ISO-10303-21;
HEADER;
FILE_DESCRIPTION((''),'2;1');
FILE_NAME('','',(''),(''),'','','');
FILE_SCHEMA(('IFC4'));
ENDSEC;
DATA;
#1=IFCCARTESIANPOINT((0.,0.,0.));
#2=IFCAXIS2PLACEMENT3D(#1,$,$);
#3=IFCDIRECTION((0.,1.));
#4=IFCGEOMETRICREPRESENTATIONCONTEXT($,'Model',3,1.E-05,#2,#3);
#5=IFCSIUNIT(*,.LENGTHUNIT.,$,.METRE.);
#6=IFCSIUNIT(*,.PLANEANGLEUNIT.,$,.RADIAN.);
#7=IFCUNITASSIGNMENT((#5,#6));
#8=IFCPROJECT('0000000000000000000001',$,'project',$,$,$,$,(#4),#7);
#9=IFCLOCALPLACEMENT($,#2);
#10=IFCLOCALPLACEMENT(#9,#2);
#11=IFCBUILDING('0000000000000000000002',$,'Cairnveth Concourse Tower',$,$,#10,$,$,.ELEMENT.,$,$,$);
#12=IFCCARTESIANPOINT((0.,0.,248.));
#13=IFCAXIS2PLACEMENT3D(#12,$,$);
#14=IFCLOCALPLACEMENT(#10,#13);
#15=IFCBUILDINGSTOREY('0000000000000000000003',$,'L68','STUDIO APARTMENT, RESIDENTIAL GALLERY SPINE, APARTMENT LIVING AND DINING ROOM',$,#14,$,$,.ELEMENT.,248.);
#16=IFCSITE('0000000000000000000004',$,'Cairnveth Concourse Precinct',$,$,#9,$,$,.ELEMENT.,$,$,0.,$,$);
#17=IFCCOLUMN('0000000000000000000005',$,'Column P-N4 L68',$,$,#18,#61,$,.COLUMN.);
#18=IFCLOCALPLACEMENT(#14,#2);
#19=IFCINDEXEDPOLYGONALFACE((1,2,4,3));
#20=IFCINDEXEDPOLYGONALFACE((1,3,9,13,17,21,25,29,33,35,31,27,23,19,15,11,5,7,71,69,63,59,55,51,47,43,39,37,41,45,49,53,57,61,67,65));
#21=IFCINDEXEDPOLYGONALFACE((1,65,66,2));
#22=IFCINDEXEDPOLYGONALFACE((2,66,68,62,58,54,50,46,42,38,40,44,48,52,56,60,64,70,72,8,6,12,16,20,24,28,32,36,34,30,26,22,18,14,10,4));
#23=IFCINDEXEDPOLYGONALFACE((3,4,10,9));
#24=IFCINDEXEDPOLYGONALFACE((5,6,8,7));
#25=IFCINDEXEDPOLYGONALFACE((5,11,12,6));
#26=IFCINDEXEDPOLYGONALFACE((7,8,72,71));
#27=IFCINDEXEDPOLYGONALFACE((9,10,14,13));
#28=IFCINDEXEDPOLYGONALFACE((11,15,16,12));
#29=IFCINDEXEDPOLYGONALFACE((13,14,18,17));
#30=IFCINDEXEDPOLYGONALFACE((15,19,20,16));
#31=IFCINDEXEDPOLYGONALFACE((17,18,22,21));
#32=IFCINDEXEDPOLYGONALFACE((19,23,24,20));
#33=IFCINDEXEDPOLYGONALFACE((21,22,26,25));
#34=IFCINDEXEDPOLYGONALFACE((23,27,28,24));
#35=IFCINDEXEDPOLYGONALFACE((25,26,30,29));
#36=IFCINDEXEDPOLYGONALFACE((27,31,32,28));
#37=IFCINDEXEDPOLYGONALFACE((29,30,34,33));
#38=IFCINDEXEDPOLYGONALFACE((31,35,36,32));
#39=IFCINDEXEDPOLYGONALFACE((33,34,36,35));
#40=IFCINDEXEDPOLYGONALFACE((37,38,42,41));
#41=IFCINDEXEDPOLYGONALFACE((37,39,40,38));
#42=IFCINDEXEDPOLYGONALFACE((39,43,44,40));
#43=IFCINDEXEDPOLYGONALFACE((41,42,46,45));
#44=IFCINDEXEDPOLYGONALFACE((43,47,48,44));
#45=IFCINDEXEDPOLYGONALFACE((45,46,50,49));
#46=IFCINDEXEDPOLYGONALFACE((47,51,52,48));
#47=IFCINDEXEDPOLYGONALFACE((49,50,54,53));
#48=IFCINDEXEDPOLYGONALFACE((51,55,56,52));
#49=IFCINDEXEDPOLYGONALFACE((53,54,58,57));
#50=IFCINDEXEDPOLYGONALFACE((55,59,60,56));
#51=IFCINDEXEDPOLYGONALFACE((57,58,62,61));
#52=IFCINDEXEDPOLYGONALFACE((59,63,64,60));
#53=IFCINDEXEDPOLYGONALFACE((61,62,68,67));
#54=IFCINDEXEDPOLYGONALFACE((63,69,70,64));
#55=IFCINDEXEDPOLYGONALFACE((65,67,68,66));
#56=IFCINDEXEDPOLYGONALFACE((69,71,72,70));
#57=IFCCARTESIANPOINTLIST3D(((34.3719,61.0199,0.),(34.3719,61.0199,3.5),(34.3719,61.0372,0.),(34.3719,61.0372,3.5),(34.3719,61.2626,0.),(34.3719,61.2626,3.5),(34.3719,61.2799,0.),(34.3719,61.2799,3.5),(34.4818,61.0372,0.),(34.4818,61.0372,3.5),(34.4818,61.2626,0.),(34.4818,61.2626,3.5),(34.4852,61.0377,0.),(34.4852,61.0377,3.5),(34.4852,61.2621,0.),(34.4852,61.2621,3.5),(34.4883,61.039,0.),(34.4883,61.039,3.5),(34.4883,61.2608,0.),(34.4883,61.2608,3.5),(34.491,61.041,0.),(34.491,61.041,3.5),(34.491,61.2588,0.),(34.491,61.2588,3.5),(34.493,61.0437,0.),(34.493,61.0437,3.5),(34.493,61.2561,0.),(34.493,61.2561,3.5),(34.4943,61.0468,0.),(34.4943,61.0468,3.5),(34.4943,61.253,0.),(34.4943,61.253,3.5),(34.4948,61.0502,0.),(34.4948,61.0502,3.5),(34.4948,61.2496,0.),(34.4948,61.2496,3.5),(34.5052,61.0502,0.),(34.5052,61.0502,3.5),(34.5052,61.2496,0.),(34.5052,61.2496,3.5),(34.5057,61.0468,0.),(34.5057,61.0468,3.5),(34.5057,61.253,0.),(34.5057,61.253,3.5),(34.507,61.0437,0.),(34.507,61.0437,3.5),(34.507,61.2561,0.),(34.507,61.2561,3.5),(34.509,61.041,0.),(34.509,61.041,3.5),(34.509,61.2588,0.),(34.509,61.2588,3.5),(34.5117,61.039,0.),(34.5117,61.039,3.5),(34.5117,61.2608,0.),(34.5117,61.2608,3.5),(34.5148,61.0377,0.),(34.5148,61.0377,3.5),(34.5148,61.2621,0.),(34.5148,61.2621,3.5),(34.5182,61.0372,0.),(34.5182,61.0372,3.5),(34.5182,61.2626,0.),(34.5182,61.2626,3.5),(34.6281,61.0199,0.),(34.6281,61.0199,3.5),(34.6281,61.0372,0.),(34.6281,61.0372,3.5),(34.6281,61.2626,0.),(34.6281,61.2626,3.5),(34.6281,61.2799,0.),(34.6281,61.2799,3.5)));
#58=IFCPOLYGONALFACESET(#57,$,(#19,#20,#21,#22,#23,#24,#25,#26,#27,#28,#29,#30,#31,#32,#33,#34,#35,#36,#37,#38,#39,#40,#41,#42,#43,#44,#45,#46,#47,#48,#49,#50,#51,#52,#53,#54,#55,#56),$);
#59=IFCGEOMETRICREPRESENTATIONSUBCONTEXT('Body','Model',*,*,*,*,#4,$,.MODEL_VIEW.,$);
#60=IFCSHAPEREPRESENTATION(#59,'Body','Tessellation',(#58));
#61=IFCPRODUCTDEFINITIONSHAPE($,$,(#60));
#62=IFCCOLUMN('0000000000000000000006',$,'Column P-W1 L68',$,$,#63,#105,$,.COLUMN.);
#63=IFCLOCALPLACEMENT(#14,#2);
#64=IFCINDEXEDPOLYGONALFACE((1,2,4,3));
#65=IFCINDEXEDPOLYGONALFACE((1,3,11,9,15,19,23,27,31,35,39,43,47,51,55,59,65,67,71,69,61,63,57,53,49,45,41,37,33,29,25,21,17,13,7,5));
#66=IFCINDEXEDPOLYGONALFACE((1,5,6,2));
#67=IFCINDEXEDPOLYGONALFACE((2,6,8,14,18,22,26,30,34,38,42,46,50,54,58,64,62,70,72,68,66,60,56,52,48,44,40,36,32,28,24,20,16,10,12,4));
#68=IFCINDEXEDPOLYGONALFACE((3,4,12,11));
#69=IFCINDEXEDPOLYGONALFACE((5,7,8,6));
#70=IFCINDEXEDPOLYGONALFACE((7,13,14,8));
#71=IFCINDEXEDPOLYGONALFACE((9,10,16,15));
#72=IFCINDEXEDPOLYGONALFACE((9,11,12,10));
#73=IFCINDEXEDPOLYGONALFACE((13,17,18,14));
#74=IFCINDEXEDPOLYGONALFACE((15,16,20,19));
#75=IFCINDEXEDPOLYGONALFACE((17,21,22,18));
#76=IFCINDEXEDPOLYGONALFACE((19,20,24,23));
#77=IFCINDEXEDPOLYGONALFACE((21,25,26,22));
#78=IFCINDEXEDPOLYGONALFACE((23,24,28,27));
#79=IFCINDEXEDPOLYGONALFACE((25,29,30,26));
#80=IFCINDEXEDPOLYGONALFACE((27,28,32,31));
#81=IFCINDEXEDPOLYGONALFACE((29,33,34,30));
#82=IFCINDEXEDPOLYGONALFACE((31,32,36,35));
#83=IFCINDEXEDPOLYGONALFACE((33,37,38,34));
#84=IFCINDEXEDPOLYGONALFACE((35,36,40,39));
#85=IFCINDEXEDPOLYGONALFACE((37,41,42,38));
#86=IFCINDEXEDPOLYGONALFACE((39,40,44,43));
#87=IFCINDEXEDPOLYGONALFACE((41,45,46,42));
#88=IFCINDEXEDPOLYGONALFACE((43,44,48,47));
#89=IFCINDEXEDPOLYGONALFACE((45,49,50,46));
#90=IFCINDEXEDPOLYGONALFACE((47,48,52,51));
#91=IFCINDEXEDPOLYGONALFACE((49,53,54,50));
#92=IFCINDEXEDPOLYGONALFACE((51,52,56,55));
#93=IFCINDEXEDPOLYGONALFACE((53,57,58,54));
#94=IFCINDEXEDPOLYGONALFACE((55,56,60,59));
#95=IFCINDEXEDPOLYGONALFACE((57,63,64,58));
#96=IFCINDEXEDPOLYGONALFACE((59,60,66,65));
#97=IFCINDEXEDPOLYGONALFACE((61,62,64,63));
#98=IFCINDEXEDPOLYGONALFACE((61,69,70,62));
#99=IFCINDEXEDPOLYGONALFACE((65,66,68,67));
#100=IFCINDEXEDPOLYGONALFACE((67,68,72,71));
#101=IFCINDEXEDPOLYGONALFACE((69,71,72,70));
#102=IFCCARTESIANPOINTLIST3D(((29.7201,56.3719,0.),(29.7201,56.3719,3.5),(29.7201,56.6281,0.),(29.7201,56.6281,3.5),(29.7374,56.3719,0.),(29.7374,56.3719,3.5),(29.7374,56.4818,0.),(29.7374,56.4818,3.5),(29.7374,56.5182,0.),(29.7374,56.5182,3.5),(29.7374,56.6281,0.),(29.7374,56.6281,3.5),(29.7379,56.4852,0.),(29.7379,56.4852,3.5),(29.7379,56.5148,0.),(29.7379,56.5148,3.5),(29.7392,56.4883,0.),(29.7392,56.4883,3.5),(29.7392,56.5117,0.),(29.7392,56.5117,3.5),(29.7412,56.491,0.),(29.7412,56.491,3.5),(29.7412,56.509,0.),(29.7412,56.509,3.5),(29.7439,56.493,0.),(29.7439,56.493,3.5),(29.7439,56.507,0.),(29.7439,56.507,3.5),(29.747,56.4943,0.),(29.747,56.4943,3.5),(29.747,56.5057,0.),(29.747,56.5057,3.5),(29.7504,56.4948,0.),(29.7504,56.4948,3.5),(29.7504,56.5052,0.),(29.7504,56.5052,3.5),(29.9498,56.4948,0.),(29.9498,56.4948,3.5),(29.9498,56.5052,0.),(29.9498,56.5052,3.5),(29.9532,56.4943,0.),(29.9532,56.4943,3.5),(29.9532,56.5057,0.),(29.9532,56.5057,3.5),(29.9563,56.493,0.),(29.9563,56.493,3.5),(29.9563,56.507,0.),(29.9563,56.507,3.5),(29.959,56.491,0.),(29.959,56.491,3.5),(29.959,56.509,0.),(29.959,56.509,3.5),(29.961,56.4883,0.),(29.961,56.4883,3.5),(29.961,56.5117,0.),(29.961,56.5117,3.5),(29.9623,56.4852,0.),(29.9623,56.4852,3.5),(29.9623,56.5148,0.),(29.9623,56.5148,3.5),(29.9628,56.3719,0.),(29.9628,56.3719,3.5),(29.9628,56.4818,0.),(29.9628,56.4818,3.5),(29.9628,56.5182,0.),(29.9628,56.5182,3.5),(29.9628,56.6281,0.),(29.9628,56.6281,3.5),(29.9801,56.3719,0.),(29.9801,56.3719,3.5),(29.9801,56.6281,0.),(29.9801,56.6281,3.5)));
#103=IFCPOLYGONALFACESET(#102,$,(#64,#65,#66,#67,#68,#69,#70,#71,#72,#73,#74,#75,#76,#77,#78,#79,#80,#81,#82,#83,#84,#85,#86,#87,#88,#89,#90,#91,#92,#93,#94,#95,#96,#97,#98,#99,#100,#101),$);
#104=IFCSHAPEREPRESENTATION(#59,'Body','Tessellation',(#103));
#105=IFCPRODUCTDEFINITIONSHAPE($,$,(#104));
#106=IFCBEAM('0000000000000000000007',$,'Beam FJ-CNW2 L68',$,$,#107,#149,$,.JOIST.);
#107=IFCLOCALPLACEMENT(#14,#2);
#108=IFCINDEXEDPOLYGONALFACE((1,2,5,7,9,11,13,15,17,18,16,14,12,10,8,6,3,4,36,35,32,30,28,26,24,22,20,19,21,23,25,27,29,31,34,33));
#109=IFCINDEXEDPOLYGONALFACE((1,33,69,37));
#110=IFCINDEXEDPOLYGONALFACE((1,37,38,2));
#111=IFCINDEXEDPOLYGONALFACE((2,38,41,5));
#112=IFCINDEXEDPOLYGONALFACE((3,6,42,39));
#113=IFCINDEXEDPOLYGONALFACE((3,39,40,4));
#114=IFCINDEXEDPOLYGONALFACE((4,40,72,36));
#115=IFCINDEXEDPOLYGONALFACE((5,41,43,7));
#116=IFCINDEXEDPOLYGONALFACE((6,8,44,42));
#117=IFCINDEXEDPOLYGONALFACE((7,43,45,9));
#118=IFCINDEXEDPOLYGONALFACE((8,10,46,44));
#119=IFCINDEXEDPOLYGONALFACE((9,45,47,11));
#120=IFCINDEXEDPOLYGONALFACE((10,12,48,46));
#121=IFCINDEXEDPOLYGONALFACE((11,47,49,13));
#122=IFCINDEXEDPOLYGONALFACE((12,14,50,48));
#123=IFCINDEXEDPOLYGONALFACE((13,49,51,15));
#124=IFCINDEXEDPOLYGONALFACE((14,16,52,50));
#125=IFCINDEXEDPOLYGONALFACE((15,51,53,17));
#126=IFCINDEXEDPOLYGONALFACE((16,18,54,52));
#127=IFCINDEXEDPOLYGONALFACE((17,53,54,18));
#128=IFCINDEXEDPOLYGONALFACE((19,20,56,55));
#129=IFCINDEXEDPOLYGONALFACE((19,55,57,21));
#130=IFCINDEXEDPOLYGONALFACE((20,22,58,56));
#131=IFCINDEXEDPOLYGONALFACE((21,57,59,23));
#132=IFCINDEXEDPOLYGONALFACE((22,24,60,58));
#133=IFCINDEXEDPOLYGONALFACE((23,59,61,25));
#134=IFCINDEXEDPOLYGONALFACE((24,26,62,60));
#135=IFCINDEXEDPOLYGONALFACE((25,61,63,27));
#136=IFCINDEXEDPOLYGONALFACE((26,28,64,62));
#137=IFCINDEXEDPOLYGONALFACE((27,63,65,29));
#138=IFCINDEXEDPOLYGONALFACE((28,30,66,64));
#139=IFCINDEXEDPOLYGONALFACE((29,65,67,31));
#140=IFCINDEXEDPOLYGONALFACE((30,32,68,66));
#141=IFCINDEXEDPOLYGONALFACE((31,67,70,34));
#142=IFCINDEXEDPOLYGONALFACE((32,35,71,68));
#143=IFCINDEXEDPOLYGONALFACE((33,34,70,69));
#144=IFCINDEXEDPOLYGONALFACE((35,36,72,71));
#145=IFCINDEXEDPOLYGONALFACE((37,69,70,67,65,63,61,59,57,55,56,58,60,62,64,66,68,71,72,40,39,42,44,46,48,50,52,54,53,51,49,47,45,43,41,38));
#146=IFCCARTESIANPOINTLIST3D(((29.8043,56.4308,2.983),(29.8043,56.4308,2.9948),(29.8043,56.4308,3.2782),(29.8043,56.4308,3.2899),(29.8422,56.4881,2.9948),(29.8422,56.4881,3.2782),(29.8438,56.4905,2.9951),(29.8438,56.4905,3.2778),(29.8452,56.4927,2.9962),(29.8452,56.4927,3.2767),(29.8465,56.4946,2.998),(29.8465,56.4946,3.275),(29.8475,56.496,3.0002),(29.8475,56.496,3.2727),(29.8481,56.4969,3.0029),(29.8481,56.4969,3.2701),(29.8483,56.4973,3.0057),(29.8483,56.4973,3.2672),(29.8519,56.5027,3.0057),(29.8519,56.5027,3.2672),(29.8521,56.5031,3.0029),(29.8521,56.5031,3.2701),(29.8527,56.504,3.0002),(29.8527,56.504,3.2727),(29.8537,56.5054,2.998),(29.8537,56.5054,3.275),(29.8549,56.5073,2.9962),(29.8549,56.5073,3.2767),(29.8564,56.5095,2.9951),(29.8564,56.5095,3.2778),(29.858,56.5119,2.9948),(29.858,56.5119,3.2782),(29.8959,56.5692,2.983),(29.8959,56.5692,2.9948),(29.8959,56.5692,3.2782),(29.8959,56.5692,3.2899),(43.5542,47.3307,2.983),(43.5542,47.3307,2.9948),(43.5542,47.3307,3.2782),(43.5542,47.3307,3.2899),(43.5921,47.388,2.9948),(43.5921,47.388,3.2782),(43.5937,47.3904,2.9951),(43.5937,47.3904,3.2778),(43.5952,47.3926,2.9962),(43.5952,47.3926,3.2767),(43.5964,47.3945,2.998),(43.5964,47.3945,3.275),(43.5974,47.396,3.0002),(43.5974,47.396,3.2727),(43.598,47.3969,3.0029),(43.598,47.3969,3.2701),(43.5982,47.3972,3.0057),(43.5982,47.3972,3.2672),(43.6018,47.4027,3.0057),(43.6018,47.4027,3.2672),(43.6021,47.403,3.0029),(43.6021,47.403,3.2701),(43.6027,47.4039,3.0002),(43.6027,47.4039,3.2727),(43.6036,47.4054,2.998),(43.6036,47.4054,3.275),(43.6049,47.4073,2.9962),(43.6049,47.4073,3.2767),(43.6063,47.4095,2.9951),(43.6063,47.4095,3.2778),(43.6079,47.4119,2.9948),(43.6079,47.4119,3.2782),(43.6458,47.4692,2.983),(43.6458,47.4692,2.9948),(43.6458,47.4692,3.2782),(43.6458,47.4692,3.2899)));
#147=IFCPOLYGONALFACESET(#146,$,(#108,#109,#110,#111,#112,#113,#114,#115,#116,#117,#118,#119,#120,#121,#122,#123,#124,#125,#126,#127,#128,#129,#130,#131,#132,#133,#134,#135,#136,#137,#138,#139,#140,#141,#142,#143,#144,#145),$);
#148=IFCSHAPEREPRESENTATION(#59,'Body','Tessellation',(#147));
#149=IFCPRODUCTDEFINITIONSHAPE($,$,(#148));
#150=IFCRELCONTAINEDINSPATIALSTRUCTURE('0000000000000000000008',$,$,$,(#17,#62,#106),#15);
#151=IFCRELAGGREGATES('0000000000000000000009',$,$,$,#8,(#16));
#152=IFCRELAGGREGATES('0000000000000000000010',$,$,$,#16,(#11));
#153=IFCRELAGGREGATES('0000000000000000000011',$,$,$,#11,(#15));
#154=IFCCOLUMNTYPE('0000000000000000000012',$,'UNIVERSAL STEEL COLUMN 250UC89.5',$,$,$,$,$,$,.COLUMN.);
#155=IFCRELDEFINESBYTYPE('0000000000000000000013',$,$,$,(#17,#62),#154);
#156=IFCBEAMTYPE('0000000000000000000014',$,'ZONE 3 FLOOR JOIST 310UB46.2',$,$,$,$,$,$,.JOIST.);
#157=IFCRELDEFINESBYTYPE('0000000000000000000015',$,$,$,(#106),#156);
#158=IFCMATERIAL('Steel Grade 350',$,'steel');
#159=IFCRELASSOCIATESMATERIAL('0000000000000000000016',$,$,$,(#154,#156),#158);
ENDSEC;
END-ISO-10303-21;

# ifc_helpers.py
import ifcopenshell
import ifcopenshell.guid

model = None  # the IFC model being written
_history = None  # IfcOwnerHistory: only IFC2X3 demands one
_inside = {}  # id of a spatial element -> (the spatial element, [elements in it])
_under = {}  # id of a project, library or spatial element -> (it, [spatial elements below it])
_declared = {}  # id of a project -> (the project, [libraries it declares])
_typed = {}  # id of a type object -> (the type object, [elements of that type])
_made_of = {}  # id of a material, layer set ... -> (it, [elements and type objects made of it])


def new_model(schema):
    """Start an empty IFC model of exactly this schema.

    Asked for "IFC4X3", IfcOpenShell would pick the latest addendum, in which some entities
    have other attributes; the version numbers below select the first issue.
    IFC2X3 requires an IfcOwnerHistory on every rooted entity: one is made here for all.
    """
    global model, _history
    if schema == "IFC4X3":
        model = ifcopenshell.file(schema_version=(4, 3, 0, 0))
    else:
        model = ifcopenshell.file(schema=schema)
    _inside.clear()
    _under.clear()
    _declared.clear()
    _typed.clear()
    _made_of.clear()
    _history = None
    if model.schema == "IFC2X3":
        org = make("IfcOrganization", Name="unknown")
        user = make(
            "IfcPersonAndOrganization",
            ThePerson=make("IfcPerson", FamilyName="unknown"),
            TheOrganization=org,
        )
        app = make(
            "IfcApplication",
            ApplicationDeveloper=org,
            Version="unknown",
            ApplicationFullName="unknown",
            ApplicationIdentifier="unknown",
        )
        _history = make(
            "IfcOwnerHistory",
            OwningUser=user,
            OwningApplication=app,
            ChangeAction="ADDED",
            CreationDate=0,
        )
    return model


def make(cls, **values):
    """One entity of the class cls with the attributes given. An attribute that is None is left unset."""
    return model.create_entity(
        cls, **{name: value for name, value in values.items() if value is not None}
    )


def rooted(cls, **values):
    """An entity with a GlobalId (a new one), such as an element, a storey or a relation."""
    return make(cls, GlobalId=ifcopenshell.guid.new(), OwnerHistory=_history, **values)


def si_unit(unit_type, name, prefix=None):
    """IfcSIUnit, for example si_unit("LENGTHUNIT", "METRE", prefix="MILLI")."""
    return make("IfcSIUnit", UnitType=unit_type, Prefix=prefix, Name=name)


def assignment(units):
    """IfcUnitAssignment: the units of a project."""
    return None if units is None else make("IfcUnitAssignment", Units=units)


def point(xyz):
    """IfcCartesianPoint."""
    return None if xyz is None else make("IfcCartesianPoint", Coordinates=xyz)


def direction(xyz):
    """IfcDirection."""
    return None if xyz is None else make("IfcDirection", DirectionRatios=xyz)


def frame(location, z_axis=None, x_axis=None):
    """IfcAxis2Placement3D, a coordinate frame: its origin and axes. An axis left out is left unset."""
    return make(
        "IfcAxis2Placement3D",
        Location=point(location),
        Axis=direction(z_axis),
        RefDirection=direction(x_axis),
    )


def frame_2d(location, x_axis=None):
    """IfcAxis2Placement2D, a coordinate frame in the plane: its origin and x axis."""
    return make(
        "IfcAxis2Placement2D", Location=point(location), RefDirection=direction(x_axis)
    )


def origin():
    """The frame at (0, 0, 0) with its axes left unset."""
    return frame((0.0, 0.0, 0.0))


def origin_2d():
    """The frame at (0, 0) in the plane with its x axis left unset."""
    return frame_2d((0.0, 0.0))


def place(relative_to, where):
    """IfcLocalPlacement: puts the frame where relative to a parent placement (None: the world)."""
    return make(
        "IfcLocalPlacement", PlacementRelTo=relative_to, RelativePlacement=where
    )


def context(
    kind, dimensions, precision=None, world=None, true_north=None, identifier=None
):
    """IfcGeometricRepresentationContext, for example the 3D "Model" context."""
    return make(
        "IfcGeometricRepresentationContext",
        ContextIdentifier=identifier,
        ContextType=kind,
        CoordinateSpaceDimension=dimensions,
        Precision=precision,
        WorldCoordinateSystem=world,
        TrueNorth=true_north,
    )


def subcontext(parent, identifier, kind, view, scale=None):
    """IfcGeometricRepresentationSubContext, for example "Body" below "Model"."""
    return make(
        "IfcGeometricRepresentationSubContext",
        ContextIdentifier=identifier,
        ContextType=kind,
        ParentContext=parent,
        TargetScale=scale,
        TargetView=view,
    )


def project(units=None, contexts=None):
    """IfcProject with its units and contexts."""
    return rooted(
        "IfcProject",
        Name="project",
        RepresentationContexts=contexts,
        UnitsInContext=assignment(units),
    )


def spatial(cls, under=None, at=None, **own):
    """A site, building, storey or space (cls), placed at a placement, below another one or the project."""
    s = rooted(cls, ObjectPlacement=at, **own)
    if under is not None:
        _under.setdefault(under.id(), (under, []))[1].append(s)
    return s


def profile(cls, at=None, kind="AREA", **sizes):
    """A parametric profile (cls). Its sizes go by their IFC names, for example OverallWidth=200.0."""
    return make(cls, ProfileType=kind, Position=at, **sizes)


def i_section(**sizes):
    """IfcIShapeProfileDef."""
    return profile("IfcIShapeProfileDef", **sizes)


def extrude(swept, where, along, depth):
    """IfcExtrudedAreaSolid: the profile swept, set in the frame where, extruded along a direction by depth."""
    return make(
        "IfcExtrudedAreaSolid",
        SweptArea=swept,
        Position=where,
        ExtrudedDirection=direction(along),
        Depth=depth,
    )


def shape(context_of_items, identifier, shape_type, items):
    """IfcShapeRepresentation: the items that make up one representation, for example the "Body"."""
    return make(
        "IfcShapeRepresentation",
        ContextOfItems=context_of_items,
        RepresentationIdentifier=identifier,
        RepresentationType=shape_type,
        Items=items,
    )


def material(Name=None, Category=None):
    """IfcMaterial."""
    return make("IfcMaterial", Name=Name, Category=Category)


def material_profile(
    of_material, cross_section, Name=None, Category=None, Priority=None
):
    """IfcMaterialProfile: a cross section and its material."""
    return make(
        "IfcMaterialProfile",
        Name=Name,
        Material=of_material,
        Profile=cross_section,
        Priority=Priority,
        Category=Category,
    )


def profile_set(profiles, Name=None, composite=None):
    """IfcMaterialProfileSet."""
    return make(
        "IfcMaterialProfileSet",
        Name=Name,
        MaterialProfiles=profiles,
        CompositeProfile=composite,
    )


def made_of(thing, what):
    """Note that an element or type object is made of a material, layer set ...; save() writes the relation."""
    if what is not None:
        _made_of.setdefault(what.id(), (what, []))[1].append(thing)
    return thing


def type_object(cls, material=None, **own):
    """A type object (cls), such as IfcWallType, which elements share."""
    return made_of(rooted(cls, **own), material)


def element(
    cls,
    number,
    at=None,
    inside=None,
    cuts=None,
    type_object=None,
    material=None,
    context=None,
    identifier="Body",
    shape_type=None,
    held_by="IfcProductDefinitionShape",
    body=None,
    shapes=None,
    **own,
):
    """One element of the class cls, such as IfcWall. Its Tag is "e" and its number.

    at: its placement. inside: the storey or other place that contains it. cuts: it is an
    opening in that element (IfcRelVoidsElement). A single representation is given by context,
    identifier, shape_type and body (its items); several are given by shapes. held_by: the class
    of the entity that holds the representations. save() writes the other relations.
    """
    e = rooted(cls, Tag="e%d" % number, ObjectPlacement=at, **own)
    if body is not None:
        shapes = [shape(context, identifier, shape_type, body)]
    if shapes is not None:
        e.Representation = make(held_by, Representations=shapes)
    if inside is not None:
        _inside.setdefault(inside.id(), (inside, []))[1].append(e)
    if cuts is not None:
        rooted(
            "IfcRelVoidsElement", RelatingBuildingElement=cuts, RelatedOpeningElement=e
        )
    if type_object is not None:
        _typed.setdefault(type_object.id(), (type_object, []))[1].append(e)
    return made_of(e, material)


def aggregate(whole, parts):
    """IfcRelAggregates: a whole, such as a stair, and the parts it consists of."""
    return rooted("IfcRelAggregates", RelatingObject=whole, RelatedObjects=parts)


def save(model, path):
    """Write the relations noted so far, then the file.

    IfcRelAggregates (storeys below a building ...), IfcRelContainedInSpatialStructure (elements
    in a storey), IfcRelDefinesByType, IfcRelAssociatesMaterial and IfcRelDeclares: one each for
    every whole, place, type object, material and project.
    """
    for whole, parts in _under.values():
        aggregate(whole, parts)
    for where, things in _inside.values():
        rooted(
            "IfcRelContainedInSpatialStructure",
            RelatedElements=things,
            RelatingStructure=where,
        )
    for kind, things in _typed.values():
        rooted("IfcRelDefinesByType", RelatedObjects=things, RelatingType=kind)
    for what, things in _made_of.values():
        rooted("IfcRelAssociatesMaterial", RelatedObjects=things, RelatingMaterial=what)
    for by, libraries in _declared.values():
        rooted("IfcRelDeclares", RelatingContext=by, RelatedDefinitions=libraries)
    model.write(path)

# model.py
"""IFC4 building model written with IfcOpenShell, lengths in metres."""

from ifc_helpers import new_model, si_unit, direction, frame, origin, origin_2d, place, context, subcontext, project, spatial, i_section, extrude, material, material_profile, profile_set, type_object, element, save


model = new_model("IFC4")

# Units and contexts
model_context = context("Model", 3, precision=1e-05, world=origin(), true_north=direction((0.0, 1.0)))
body_context = subcontext(model_context, "Body", "Model", "MODEL_VIEW")
ifc_project = project(units=[si_unit("LENGTHUNIT", "METRE"), si_unit("PLANEANGLEUNIT", "RADIAN")], contexts=[model_context])

# Site, building, storey
site_placement = place(None, origin())
site = spatial("IfcSite", under=ifc_project, at=site_placement, Name="Cairnveth Concourse Precinct", CompositionType="ELEMENT", RefElevation=0.0)
building_placement = place(site_placement, origin())
building = spatial("IfcBuilding", under=site, at=building_placement, Name="Cairnveth Concourse Tower", CompositionType="ELEMENT")
storey_placement = place(building_placement, frame((0.0, 0.0, 248.0)))
storey = spatial("IfcBuildingStorey", under=building, at=storey_placement, Name="L68", Description="STUDIO APARTMENT, RESIDENTIAL GALLERY SPINE, APARTMENT LIVING AND DINING ROOM", CompositionType="ELEMENT", Elevation=248.0)

# Columns
ifc_material_1 = material(Name="Steel Grade 350", Category="steel")
ifc_material_profile_1 = material_profile(ifc_material_1, i_section(OverallWidth=0.2561, OverallDepth=0.26, WebThickness=0.0105, FlangeThickness=0.0173, FilletRadius=0.0129, at=origin_2d()), Name="250UC89.5")
ifc_profile_set_1 = profile_set([ifc_material_profile_1], Name="Steel Grade 350")
column_type = type_object("IfcColumnType", Name="UNIVERSAL STEEL COLUMN 250UC89.5", PredefinedType="COLUMN", material=ifc_profile_set_1)
for number, where, z_axis, x_axis, name in (
    (1, (34.5, 61.1499, 0.0), (0.0, 0.0, 1.0), (1.0, 0.0, 0.0), "Column P-N4 L68"),
    (2, (29.8501, 56.5, 0.0), (0.0, 0.0, 1.0), (0.0, 1.0, 0.0), "Column P-W1 L68"),
):
    element("IfcColumn", number, at=place(storey_placement, frame(where, z_axis=z_axis, x_axis=x_axis)), inside=storey, type_object=column_type, Name=name, PredefinedType="COLUMN", context=body_context, shape_type="SweptSolid", body=[
        extrude(i_section(OverallWidth=0.2561, OverallDepth=0.26, WebThickness=0.0105, FlangeThickness=0.0173, FilletRadius=0.0129, at=origin_2d()), origin(), (0.0, 0.0, 1.0), 3.5),
    ])

# Beam
ifc_material_profile_2 = material_profile(ifc_material_1, i_section(OverallWidth=0.166, OverallDepth=0.3069, WebThickness=0.0066, FlangeThickness=0.0117, FilletRadius=0.011, at=origin_2d()), Name="310UB46.2")
ifc_profile_set_2 = profile_set([ifc_material_profile_2], Name="Steel Grade 350")
beam_type_1 = type_object("IfcBeamType", Name="ZONE 3 FLOOR JOIST 310UB46.2", PredefinedType="JOIST", material=ifc_profile_set_2)
beam_1_placement = place(storey_placement, frame((29.8501, 56.5, 3.1365), z_axis=(0.833909, -0.551902, 0.0), x_axis=(0.551902, 0.833909, 0.0)))
element("IfcBeam", 3, at=beam_1_placement, inside=storey, type_object=beam_type_1, Name="Beam FJ-CNW2 L68", PredefinedType="JOIST", context=body_context, shape_type="SweptSolid", body=[
    extrude(i_section(OverallWidth=0.166, OverallDepth=0.3069, WebThickness=0.0066, FlangeThickness=0.0117, FilletRadius=0.011, at=origin_2d()), origin(), (0.0, 0.0, 1.0), 16.4885),
])

save(model, "model.ifc")
